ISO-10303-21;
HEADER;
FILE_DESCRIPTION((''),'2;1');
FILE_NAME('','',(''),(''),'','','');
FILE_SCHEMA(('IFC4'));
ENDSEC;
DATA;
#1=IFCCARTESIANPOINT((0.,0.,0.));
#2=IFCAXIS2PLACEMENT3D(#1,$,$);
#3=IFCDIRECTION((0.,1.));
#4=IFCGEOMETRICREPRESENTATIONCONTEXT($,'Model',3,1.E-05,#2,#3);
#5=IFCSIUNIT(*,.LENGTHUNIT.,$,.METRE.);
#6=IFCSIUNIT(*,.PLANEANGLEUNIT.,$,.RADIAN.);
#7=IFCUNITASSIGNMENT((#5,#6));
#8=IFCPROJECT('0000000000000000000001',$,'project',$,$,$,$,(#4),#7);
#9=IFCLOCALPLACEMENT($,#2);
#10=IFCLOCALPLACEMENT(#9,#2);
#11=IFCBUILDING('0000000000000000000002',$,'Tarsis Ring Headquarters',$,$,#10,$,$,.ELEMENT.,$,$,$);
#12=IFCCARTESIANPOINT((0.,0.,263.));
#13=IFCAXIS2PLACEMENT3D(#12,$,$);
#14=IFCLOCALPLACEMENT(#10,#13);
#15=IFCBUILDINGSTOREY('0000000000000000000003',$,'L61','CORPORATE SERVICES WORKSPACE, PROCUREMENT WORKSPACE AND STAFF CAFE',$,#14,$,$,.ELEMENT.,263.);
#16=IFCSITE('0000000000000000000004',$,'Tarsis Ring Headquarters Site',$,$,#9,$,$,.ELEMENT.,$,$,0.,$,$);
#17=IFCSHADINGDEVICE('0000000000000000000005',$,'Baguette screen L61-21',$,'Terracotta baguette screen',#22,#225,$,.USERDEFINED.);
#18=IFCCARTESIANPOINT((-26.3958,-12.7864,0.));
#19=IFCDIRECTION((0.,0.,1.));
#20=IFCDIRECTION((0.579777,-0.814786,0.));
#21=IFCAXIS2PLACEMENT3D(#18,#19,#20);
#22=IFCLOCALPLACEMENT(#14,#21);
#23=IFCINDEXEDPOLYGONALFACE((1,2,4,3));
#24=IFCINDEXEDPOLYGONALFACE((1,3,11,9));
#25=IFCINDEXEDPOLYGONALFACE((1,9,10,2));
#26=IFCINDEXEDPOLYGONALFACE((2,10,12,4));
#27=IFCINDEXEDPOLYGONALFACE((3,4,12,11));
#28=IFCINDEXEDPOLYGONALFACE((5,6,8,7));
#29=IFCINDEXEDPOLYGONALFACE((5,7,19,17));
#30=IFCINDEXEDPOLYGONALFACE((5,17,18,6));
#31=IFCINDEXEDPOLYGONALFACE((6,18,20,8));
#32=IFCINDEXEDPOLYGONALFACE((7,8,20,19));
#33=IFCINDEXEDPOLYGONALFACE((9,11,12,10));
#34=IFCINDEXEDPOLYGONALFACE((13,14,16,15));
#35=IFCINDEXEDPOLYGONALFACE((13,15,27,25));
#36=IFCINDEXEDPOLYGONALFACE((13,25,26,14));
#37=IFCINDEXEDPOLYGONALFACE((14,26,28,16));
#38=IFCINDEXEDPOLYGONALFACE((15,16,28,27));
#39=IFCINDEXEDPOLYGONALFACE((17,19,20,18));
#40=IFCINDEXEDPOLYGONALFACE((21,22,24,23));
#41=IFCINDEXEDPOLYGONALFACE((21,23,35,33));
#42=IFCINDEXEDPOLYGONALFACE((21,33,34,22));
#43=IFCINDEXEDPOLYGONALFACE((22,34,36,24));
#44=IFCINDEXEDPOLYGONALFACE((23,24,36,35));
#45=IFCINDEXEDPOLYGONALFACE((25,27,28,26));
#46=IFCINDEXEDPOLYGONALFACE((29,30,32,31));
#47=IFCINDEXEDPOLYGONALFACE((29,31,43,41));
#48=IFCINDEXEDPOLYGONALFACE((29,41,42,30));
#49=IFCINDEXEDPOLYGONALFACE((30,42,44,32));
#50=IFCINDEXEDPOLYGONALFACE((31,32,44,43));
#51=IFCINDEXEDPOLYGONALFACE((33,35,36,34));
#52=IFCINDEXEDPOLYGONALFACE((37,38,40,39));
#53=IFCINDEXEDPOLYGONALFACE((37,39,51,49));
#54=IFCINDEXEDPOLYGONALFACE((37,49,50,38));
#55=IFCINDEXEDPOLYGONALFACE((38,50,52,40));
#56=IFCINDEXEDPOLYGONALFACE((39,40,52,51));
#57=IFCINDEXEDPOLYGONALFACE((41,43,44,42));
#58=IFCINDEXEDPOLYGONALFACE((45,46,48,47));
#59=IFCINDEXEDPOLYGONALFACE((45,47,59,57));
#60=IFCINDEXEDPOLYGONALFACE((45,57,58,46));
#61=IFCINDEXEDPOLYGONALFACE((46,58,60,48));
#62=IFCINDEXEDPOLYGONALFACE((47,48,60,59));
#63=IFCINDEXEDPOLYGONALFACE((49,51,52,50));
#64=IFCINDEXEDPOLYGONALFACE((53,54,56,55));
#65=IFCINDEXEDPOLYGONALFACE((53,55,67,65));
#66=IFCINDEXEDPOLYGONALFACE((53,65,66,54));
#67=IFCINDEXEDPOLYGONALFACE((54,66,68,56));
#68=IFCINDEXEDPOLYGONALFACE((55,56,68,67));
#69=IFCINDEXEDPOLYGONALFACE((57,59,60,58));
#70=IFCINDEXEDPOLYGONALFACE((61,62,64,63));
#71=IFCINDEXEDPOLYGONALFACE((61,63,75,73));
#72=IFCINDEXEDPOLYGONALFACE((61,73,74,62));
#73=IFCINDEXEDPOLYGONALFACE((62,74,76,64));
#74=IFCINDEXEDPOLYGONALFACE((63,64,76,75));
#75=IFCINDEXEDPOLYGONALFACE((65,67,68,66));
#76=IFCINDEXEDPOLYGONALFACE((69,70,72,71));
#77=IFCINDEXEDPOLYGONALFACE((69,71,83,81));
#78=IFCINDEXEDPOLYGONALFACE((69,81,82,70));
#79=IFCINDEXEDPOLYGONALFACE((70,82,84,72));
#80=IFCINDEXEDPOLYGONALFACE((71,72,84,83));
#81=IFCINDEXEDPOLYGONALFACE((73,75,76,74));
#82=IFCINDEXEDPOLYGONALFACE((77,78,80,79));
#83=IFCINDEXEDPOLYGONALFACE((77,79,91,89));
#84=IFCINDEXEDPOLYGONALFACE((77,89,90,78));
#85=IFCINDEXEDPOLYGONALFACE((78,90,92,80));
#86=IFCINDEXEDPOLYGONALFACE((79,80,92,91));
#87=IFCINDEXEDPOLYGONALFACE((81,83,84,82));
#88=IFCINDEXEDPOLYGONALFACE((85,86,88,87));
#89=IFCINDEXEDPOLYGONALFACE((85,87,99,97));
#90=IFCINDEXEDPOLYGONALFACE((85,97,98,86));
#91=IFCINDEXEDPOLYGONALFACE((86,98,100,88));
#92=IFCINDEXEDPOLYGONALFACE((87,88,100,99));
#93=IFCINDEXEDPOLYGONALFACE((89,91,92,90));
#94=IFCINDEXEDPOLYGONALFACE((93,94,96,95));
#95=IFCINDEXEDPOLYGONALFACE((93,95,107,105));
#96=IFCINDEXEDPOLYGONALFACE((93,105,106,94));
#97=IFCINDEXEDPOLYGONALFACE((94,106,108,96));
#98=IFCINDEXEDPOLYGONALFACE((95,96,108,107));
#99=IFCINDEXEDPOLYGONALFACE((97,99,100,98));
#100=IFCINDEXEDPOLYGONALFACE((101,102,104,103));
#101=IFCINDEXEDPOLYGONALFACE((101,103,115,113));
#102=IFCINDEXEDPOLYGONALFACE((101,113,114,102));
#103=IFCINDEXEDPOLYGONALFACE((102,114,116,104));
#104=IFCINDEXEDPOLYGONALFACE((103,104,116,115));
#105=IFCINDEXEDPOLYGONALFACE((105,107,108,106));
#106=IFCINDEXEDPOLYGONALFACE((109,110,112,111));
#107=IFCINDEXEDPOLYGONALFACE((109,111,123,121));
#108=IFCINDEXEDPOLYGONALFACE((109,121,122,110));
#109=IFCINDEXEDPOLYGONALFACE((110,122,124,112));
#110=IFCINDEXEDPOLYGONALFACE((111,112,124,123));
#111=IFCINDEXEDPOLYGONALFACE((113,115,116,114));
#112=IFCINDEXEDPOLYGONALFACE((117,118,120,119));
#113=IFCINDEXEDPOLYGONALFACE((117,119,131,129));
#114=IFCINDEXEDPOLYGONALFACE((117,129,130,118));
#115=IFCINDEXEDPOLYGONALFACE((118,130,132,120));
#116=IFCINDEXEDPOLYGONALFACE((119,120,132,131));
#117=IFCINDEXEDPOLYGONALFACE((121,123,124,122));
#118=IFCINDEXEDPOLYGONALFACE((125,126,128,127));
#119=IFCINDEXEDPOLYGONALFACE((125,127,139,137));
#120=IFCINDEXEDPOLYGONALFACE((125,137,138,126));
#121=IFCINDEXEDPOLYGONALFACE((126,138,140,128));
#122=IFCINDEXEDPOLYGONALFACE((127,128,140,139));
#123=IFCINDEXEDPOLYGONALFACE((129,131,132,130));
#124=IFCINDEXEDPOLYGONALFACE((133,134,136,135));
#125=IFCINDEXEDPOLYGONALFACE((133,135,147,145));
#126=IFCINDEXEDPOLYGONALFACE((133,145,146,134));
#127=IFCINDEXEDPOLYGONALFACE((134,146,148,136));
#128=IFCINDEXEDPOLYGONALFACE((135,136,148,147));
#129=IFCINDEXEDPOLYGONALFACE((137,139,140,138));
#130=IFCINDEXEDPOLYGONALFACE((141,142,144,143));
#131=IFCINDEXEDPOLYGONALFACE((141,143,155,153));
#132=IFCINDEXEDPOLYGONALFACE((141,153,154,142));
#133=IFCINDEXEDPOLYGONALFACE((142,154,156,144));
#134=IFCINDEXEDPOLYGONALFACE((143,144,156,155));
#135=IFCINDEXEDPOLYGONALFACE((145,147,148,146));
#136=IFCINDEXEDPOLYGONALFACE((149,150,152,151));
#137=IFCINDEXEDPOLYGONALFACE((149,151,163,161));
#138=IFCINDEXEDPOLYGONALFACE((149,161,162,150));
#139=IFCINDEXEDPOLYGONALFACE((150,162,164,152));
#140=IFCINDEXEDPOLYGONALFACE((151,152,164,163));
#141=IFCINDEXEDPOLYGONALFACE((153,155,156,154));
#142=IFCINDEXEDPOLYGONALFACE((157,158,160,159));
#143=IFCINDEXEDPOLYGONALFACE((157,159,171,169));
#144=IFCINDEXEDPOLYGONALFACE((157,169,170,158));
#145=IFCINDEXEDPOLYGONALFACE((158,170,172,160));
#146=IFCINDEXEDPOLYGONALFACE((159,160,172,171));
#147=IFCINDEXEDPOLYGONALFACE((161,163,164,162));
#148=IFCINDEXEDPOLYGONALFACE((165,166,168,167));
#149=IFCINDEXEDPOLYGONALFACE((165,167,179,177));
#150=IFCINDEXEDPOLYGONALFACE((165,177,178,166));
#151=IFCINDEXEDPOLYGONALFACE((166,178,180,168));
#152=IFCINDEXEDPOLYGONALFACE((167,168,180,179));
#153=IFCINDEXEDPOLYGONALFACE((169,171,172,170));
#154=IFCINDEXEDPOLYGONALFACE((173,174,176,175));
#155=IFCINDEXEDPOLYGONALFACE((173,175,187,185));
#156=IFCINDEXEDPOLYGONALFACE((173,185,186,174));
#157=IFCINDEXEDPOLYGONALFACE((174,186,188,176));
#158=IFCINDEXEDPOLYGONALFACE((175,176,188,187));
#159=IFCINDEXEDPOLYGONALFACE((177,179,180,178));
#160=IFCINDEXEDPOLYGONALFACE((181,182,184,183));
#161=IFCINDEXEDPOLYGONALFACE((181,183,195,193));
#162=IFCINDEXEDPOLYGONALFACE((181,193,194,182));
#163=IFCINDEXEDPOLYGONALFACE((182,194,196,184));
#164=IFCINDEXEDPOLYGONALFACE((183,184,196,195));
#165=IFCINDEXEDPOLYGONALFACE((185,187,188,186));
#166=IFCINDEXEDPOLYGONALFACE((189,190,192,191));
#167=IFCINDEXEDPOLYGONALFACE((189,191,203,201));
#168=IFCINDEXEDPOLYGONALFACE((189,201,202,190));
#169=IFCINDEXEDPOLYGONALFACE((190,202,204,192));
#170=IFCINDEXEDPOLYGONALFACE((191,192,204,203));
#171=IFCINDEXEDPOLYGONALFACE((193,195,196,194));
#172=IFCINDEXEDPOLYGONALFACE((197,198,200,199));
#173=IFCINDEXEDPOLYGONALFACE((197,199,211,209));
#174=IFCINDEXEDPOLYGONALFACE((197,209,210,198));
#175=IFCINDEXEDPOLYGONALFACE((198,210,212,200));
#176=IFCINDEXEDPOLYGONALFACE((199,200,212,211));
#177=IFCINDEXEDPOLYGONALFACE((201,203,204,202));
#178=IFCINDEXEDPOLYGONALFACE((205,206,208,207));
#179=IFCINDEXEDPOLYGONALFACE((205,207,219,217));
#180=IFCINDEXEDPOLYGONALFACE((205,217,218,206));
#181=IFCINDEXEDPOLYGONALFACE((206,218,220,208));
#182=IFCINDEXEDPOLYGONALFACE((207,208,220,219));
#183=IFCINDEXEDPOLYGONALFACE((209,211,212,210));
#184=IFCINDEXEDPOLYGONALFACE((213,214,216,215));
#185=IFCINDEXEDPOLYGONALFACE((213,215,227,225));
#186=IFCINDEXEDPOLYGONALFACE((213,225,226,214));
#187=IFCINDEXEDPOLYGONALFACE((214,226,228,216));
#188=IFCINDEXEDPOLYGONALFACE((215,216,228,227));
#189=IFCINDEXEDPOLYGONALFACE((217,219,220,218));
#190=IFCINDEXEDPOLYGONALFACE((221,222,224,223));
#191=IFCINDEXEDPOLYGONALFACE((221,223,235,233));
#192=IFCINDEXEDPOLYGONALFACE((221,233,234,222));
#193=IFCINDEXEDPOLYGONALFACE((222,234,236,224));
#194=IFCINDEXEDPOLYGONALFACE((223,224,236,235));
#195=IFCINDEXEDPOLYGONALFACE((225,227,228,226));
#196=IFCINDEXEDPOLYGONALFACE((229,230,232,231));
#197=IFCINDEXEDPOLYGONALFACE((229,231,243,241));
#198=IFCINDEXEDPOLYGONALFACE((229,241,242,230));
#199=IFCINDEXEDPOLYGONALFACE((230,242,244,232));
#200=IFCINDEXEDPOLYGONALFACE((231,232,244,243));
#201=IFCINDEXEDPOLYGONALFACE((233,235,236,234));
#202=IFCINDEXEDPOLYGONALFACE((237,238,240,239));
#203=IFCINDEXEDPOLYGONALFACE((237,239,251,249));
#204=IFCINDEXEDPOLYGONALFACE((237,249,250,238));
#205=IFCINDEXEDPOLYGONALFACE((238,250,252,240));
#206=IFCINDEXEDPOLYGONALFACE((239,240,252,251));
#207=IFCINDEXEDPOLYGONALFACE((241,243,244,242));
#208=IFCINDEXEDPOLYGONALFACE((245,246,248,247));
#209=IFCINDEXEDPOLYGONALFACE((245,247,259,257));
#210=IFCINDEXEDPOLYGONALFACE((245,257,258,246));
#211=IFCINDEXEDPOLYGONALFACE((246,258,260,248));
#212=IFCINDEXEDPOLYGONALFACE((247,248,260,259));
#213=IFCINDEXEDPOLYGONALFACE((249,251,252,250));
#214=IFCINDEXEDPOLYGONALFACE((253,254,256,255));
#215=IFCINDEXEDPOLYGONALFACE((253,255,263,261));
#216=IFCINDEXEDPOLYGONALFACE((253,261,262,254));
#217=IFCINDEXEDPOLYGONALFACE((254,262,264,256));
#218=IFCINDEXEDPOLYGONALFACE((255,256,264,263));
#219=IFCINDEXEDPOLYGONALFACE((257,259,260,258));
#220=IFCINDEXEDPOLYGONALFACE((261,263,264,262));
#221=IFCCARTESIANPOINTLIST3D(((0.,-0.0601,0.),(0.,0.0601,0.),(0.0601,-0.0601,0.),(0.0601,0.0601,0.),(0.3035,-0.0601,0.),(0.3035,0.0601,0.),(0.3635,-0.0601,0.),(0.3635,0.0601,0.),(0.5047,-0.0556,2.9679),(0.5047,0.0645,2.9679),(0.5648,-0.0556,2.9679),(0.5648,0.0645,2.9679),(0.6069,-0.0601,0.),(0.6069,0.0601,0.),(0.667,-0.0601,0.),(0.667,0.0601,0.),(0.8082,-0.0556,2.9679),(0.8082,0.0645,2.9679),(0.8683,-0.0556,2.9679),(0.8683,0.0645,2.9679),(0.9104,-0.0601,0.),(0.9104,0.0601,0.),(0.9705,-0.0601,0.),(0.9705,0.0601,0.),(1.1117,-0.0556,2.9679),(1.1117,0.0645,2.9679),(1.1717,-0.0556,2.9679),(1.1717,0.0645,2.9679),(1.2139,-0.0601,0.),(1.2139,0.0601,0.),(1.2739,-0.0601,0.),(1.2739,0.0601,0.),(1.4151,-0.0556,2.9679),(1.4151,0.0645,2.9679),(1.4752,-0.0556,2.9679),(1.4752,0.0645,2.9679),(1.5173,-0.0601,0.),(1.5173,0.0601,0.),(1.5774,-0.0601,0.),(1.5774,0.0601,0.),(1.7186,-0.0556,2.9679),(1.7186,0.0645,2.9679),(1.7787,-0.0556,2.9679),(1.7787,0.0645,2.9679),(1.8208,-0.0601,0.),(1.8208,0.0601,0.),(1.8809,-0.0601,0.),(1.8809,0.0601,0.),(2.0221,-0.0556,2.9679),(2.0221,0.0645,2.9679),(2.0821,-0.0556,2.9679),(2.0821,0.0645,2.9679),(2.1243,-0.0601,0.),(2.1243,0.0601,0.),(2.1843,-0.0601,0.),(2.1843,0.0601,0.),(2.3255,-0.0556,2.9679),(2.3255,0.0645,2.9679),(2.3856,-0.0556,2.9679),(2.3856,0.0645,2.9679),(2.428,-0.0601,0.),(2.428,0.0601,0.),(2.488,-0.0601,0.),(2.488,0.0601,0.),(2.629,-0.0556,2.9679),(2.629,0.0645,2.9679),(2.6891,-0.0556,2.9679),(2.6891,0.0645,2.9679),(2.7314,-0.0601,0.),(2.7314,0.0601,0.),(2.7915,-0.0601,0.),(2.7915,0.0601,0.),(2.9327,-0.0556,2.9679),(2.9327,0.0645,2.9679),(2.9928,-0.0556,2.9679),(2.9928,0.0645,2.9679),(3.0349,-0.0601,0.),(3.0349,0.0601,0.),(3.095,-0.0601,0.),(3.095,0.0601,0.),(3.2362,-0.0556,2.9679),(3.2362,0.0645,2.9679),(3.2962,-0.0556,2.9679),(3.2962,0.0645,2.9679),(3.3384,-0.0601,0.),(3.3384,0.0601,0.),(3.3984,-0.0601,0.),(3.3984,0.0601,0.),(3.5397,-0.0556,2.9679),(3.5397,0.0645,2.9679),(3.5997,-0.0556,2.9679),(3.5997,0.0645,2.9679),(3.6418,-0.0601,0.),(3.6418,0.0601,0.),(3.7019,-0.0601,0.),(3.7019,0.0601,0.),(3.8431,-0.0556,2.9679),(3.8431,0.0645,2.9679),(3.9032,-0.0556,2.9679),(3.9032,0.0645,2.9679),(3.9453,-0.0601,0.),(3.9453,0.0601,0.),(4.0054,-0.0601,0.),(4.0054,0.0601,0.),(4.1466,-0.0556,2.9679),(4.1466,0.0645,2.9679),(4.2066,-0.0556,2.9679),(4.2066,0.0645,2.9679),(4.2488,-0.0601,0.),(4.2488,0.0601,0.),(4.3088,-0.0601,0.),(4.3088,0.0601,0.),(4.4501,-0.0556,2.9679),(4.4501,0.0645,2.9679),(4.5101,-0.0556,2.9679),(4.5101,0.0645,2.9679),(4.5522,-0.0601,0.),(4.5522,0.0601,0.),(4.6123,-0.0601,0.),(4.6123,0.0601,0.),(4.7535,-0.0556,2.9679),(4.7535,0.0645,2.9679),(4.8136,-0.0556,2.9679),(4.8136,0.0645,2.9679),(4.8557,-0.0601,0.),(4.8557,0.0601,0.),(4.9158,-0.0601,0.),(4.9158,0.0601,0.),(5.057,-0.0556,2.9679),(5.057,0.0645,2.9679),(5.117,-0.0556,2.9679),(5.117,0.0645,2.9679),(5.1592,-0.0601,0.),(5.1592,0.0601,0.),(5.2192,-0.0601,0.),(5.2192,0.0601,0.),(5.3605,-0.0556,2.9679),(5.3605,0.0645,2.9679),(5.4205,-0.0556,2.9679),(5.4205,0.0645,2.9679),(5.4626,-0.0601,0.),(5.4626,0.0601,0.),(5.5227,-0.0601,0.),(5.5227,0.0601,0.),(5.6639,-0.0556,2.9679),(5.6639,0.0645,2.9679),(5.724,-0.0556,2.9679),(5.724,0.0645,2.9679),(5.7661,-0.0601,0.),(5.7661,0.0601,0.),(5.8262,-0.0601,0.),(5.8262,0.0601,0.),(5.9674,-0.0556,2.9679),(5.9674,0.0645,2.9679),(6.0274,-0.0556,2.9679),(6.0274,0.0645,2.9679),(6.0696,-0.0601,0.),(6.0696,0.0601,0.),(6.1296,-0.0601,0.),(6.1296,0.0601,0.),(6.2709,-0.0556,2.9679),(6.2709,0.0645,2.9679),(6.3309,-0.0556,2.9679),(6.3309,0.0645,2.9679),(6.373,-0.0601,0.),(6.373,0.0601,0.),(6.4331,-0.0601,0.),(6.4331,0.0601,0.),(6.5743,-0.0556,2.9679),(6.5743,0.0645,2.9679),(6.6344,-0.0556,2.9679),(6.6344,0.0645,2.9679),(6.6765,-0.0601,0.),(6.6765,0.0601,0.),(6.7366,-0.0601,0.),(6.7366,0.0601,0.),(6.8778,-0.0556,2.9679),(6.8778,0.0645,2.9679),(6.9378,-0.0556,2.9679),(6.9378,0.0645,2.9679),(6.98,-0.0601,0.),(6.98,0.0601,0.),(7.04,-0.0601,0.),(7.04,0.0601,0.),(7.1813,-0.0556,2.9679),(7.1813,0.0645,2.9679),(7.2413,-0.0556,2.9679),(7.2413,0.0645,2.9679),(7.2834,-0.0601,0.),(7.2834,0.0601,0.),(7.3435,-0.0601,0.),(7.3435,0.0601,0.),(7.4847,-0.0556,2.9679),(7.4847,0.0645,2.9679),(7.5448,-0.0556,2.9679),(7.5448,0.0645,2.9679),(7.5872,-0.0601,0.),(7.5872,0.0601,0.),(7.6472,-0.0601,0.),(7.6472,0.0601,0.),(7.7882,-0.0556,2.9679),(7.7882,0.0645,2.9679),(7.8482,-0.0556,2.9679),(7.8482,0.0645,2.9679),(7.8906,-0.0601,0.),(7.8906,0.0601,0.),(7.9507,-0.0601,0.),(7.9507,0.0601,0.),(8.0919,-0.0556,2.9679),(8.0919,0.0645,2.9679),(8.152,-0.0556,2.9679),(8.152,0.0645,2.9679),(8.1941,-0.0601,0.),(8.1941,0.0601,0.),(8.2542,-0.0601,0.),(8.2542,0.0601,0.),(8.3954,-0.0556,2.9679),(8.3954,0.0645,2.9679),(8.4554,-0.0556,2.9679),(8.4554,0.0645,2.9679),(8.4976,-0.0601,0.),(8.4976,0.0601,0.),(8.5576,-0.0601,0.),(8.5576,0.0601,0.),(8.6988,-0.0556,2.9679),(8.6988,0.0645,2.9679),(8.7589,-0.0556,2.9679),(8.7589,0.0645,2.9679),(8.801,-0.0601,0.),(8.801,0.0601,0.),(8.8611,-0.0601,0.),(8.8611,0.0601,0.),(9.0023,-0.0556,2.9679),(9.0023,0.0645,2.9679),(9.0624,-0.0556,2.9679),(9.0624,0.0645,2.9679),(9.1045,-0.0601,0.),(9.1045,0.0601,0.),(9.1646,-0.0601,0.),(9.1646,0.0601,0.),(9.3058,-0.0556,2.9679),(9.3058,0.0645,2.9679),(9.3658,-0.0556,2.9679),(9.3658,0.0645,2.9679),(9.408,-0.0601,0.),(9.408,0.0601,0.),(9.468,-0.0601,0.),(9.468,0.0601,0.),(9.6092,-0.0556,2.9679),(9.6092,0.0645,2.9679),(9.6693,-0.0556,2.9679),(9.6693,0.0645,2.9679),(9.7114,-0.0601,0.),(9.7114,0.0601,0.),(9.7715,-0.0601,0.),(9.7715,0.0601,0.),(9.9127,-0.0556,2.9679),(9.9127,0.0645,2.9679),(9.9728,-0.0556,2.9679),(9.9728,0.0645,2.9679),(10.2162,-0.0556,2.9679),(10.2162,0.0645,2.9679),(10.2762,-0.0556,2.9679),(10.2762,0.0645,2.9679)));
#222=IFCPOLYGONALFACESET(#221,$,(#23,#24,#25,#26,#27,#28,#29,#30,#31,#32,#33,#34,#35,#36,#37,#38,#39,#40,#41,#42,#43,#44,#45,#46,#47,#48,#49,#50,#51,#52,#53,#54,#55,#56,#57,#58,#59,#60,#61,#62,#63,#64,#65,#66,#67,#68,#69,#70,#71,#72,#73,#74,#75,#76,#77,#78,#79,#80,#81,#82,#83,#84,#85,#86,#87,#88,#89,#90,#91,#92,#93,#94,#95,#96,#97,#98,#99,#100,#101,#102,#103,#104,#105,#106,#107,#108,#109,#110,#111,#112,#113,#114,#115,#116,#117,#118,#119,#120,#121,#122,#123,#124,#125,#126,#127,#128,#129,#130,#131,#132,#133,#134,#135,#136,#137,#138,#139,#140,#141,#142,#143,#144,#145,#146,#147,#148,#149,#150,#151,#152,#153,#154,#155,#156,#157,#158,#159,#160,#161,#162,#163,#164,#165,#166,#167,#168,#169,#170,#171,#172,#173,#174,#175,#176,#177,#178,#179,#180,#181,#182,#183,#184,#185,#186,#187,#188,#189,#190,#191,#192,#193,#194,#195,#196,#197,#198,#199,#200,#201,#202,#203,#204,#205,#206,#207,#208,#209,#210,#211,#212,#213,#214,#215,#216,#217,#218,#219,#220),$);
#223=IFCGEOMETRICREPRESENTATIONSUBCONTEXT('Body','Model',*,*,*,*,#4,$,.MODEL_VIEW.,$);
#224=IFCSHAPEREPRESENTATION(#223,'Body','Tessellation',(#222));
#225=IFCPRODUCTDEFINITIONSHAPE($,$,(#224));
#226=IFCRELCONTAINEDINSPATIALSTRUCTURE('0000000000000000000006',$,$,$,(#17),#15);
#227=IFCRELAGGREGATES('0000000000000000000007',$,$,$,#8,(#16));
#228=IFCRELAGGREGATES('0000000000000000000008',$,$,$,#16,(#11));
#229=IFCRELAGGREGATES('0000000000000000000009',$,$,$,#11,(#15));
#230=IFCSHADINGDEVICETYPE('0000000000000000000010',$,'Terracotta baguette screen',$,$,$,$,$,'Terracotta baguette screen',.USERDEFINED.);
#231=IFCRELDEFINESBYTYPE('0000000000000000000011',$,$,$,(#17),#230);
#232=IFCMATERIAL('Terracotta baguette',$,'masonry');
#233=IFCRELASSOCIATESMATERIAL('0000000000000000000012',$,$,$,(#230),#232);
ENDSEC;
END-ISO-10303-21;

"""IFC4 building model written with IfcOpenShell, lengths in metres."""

from ifc_helpers import new_model, si_unit, direction, frame, frame_2d, origin, place, context, subcontext, project, spatial, rectangle, composite_profile, extrude, material, type_object, element, save


model = new_model("IFC4")

# Units and contexts
model_context = context("Model", 3, precision=1e-05, world=origin(), true_north=direction((0.0, 1.0)))
body_context = subcontext(model_context, "Body", "Model", "MODEL_VIEW")
ifc_project = project(units=[si_unit("LENGTHUNIT", "METRE"), si_unit("PLANEANGLEUNIT", "RADIAN")], contexts=[model_context])

# Site, building, storey
site_placement = place(None, origin())
site = spatial("IfcSite", under=ifc_project, at=site_placement, Name="Tarsis Ring Headquarters Site", CompositionType="ELEMENT", RefElevation=0.0)
building_placement = place(site_placement, origin())
building = spatial("IfcBuilding", under=site, at=building_placement, Name="Tarsis Ring Headquarters", CompositionType="ELEMENT")
storey_placement = place(building_placement, frame((0.0, 0.0, 263.0)))
storey = spatial("IfcBuildingStorey", under=building, at=storey_placement, Name="L61", Description="CORPORATE SERVICES WORKSPACE, PROCUREMENT WORKSPACE AND STAFF CAFE", CompositionType="ELEMENT", Elevation=263.0)

# Shading device
ifc_material_1 = material(Name="Terracotta baguette", Category="masonry")
shading_device_type = type_object("IfcShadingDeviceType", Name="Terracotta baguette screen", ElementType="Terracotta baguette screen", PredefinedType="USERDEFINED", material=ifc_material_1)
shading_device_placement = place(storey_placement, frame((-26.3958, -12.7864, 0.0), z_axis=(0.0, 0.0, 1.0), x_axis=(0.579777, -0.814786, 0.0)))
element("IfcShadingDevice", 1, at=shading_device_placement, inside=storey, type_object=shading_device_type, Name="Baguette screen L61-21", ObjectType="Terracotta baguette screen", PredefinedType="USERDEFINED", context=body_context, shape_type="SweptSolid", body=[
    extrude(composite_profile([rectangle(XDim=0.0601, YDim=0.1201, at=frame_2d((0.03, 0.0))), rectangle(XDim=0.0601, YDim=0.1201, at=frame_2d((0.3335, 0.0))), rectangle(XDim=0.0601, YDim=0.1201, at=frame_2d((0.637, 0.0))), rectangle(XDim=0.0601, YDim=0.1201, at=frame_2d((0.9404, 0.0))), rectangle(XDim=0.0601, YDim=0.1201, at=frame_2d((1.2439, 0.0))), rectangle(XDim=0.0601, YDim=0.1201, at=frame_2d((1.5474, 0.0))), rectangle(XDim=0.0601, YDim=0.1201, at=frame_2d((1.8508, 0.0))), rectangle(XDim=0.0601, YDim=0.1201, at=frame_2d((2.1543, 0.0))), rectangle(XDim=0.0601, YDim=0.1201, at=frame_2d((2.458, 0.0))), rectangle(XDim=0.0601, YDim=0.1201, at=frame_2d((2.7615, 0.0))), rectangle(XDim=0.0601, YDim=0.1201, at=frame_2d((3.0649, 0.0))), rectangle(XDim=0.0601, YDim=0.1201, at=frame_2d((3.3684, 0.0))), rectangle(XDim=0.0601, YDim=0.1201, at=frame_2d((3.6719, 0.0))), rectangle(XDim=0.0601, YDim=0.1201, at=frame_2d((3.9753, 0.0))), rectangle(XDim=0.0601, YDim=0.1201, at=frame_2d((4.2788, 0.0))), rectangle(XDim=0.0601, YDim=0.1201, at=frame_2d((4.5823, 0.0))), rectangle(XDim=0.0601, YDim=0.1201, at=frame_2d((4.8857, 0.0))), rectangle(XDim=0.0601, YDim=0.1201, at=frame_2d((5.1892, 0.0))), rectangle(XDim=0.0601, YDim=0.1201, at=frame_2d((5.4927, 0.0))), rectangle(XDim=0.0601, YDim=0.1201, at=frame_2d((5.7961, 0.0))), rectangle(XDim=0.0601, YDim=0.1201, at=frame_2d((6.0996, 0.0))), rectangle(XDim=0.0601, YDim=0.1201, at=frame_2d((6.4031, 0.0))), rectangle(XDim=0.0601, YDim=0.1201, at=frame_2d((6.7065, 0.0))), rectangle(XDim=0.0601, YDim=0.1201, at=frame_2d((7.01, 0.0))), rectangle(XDim=0.0601, YDim=0.1201, at=frame_2d((7.3135, 0.0))), rectangle(XDim=0.0601, YDim=0.1201, at=frame_2d((7.6172, 0.0))), rectangle(XDim=0.0601, YDim=0.1201, at=frame_2d((7.9207, 0.0))), rectangle(XDim=0.0601, YDim=0.1201, at=frame_2d((8.2241, 0.0))), rectangle(XDim=0.0601, YDim=0.1201, at=frame_2d((8.5276, 0.0))), rectangle(XDim=0.0601, YDim=0.1201, at=frame_2d((8.8311, 0.0))), rectangle(XDim=0.0601, YDim=0.1201, at=frame_2d((9.1345, 0.0))), rectangle(XDim=0.0601, YDim=0.1201, at=frame_2d((9.438, 0.0))), rectangle(XDim=0.0601, YDim=0.1201, at=frame_2d((9.7415, 0.0)))]), origin(), (0.167661, 0.001464, 0.985844), 3.0105),
])

save(model, "model.ifc")
